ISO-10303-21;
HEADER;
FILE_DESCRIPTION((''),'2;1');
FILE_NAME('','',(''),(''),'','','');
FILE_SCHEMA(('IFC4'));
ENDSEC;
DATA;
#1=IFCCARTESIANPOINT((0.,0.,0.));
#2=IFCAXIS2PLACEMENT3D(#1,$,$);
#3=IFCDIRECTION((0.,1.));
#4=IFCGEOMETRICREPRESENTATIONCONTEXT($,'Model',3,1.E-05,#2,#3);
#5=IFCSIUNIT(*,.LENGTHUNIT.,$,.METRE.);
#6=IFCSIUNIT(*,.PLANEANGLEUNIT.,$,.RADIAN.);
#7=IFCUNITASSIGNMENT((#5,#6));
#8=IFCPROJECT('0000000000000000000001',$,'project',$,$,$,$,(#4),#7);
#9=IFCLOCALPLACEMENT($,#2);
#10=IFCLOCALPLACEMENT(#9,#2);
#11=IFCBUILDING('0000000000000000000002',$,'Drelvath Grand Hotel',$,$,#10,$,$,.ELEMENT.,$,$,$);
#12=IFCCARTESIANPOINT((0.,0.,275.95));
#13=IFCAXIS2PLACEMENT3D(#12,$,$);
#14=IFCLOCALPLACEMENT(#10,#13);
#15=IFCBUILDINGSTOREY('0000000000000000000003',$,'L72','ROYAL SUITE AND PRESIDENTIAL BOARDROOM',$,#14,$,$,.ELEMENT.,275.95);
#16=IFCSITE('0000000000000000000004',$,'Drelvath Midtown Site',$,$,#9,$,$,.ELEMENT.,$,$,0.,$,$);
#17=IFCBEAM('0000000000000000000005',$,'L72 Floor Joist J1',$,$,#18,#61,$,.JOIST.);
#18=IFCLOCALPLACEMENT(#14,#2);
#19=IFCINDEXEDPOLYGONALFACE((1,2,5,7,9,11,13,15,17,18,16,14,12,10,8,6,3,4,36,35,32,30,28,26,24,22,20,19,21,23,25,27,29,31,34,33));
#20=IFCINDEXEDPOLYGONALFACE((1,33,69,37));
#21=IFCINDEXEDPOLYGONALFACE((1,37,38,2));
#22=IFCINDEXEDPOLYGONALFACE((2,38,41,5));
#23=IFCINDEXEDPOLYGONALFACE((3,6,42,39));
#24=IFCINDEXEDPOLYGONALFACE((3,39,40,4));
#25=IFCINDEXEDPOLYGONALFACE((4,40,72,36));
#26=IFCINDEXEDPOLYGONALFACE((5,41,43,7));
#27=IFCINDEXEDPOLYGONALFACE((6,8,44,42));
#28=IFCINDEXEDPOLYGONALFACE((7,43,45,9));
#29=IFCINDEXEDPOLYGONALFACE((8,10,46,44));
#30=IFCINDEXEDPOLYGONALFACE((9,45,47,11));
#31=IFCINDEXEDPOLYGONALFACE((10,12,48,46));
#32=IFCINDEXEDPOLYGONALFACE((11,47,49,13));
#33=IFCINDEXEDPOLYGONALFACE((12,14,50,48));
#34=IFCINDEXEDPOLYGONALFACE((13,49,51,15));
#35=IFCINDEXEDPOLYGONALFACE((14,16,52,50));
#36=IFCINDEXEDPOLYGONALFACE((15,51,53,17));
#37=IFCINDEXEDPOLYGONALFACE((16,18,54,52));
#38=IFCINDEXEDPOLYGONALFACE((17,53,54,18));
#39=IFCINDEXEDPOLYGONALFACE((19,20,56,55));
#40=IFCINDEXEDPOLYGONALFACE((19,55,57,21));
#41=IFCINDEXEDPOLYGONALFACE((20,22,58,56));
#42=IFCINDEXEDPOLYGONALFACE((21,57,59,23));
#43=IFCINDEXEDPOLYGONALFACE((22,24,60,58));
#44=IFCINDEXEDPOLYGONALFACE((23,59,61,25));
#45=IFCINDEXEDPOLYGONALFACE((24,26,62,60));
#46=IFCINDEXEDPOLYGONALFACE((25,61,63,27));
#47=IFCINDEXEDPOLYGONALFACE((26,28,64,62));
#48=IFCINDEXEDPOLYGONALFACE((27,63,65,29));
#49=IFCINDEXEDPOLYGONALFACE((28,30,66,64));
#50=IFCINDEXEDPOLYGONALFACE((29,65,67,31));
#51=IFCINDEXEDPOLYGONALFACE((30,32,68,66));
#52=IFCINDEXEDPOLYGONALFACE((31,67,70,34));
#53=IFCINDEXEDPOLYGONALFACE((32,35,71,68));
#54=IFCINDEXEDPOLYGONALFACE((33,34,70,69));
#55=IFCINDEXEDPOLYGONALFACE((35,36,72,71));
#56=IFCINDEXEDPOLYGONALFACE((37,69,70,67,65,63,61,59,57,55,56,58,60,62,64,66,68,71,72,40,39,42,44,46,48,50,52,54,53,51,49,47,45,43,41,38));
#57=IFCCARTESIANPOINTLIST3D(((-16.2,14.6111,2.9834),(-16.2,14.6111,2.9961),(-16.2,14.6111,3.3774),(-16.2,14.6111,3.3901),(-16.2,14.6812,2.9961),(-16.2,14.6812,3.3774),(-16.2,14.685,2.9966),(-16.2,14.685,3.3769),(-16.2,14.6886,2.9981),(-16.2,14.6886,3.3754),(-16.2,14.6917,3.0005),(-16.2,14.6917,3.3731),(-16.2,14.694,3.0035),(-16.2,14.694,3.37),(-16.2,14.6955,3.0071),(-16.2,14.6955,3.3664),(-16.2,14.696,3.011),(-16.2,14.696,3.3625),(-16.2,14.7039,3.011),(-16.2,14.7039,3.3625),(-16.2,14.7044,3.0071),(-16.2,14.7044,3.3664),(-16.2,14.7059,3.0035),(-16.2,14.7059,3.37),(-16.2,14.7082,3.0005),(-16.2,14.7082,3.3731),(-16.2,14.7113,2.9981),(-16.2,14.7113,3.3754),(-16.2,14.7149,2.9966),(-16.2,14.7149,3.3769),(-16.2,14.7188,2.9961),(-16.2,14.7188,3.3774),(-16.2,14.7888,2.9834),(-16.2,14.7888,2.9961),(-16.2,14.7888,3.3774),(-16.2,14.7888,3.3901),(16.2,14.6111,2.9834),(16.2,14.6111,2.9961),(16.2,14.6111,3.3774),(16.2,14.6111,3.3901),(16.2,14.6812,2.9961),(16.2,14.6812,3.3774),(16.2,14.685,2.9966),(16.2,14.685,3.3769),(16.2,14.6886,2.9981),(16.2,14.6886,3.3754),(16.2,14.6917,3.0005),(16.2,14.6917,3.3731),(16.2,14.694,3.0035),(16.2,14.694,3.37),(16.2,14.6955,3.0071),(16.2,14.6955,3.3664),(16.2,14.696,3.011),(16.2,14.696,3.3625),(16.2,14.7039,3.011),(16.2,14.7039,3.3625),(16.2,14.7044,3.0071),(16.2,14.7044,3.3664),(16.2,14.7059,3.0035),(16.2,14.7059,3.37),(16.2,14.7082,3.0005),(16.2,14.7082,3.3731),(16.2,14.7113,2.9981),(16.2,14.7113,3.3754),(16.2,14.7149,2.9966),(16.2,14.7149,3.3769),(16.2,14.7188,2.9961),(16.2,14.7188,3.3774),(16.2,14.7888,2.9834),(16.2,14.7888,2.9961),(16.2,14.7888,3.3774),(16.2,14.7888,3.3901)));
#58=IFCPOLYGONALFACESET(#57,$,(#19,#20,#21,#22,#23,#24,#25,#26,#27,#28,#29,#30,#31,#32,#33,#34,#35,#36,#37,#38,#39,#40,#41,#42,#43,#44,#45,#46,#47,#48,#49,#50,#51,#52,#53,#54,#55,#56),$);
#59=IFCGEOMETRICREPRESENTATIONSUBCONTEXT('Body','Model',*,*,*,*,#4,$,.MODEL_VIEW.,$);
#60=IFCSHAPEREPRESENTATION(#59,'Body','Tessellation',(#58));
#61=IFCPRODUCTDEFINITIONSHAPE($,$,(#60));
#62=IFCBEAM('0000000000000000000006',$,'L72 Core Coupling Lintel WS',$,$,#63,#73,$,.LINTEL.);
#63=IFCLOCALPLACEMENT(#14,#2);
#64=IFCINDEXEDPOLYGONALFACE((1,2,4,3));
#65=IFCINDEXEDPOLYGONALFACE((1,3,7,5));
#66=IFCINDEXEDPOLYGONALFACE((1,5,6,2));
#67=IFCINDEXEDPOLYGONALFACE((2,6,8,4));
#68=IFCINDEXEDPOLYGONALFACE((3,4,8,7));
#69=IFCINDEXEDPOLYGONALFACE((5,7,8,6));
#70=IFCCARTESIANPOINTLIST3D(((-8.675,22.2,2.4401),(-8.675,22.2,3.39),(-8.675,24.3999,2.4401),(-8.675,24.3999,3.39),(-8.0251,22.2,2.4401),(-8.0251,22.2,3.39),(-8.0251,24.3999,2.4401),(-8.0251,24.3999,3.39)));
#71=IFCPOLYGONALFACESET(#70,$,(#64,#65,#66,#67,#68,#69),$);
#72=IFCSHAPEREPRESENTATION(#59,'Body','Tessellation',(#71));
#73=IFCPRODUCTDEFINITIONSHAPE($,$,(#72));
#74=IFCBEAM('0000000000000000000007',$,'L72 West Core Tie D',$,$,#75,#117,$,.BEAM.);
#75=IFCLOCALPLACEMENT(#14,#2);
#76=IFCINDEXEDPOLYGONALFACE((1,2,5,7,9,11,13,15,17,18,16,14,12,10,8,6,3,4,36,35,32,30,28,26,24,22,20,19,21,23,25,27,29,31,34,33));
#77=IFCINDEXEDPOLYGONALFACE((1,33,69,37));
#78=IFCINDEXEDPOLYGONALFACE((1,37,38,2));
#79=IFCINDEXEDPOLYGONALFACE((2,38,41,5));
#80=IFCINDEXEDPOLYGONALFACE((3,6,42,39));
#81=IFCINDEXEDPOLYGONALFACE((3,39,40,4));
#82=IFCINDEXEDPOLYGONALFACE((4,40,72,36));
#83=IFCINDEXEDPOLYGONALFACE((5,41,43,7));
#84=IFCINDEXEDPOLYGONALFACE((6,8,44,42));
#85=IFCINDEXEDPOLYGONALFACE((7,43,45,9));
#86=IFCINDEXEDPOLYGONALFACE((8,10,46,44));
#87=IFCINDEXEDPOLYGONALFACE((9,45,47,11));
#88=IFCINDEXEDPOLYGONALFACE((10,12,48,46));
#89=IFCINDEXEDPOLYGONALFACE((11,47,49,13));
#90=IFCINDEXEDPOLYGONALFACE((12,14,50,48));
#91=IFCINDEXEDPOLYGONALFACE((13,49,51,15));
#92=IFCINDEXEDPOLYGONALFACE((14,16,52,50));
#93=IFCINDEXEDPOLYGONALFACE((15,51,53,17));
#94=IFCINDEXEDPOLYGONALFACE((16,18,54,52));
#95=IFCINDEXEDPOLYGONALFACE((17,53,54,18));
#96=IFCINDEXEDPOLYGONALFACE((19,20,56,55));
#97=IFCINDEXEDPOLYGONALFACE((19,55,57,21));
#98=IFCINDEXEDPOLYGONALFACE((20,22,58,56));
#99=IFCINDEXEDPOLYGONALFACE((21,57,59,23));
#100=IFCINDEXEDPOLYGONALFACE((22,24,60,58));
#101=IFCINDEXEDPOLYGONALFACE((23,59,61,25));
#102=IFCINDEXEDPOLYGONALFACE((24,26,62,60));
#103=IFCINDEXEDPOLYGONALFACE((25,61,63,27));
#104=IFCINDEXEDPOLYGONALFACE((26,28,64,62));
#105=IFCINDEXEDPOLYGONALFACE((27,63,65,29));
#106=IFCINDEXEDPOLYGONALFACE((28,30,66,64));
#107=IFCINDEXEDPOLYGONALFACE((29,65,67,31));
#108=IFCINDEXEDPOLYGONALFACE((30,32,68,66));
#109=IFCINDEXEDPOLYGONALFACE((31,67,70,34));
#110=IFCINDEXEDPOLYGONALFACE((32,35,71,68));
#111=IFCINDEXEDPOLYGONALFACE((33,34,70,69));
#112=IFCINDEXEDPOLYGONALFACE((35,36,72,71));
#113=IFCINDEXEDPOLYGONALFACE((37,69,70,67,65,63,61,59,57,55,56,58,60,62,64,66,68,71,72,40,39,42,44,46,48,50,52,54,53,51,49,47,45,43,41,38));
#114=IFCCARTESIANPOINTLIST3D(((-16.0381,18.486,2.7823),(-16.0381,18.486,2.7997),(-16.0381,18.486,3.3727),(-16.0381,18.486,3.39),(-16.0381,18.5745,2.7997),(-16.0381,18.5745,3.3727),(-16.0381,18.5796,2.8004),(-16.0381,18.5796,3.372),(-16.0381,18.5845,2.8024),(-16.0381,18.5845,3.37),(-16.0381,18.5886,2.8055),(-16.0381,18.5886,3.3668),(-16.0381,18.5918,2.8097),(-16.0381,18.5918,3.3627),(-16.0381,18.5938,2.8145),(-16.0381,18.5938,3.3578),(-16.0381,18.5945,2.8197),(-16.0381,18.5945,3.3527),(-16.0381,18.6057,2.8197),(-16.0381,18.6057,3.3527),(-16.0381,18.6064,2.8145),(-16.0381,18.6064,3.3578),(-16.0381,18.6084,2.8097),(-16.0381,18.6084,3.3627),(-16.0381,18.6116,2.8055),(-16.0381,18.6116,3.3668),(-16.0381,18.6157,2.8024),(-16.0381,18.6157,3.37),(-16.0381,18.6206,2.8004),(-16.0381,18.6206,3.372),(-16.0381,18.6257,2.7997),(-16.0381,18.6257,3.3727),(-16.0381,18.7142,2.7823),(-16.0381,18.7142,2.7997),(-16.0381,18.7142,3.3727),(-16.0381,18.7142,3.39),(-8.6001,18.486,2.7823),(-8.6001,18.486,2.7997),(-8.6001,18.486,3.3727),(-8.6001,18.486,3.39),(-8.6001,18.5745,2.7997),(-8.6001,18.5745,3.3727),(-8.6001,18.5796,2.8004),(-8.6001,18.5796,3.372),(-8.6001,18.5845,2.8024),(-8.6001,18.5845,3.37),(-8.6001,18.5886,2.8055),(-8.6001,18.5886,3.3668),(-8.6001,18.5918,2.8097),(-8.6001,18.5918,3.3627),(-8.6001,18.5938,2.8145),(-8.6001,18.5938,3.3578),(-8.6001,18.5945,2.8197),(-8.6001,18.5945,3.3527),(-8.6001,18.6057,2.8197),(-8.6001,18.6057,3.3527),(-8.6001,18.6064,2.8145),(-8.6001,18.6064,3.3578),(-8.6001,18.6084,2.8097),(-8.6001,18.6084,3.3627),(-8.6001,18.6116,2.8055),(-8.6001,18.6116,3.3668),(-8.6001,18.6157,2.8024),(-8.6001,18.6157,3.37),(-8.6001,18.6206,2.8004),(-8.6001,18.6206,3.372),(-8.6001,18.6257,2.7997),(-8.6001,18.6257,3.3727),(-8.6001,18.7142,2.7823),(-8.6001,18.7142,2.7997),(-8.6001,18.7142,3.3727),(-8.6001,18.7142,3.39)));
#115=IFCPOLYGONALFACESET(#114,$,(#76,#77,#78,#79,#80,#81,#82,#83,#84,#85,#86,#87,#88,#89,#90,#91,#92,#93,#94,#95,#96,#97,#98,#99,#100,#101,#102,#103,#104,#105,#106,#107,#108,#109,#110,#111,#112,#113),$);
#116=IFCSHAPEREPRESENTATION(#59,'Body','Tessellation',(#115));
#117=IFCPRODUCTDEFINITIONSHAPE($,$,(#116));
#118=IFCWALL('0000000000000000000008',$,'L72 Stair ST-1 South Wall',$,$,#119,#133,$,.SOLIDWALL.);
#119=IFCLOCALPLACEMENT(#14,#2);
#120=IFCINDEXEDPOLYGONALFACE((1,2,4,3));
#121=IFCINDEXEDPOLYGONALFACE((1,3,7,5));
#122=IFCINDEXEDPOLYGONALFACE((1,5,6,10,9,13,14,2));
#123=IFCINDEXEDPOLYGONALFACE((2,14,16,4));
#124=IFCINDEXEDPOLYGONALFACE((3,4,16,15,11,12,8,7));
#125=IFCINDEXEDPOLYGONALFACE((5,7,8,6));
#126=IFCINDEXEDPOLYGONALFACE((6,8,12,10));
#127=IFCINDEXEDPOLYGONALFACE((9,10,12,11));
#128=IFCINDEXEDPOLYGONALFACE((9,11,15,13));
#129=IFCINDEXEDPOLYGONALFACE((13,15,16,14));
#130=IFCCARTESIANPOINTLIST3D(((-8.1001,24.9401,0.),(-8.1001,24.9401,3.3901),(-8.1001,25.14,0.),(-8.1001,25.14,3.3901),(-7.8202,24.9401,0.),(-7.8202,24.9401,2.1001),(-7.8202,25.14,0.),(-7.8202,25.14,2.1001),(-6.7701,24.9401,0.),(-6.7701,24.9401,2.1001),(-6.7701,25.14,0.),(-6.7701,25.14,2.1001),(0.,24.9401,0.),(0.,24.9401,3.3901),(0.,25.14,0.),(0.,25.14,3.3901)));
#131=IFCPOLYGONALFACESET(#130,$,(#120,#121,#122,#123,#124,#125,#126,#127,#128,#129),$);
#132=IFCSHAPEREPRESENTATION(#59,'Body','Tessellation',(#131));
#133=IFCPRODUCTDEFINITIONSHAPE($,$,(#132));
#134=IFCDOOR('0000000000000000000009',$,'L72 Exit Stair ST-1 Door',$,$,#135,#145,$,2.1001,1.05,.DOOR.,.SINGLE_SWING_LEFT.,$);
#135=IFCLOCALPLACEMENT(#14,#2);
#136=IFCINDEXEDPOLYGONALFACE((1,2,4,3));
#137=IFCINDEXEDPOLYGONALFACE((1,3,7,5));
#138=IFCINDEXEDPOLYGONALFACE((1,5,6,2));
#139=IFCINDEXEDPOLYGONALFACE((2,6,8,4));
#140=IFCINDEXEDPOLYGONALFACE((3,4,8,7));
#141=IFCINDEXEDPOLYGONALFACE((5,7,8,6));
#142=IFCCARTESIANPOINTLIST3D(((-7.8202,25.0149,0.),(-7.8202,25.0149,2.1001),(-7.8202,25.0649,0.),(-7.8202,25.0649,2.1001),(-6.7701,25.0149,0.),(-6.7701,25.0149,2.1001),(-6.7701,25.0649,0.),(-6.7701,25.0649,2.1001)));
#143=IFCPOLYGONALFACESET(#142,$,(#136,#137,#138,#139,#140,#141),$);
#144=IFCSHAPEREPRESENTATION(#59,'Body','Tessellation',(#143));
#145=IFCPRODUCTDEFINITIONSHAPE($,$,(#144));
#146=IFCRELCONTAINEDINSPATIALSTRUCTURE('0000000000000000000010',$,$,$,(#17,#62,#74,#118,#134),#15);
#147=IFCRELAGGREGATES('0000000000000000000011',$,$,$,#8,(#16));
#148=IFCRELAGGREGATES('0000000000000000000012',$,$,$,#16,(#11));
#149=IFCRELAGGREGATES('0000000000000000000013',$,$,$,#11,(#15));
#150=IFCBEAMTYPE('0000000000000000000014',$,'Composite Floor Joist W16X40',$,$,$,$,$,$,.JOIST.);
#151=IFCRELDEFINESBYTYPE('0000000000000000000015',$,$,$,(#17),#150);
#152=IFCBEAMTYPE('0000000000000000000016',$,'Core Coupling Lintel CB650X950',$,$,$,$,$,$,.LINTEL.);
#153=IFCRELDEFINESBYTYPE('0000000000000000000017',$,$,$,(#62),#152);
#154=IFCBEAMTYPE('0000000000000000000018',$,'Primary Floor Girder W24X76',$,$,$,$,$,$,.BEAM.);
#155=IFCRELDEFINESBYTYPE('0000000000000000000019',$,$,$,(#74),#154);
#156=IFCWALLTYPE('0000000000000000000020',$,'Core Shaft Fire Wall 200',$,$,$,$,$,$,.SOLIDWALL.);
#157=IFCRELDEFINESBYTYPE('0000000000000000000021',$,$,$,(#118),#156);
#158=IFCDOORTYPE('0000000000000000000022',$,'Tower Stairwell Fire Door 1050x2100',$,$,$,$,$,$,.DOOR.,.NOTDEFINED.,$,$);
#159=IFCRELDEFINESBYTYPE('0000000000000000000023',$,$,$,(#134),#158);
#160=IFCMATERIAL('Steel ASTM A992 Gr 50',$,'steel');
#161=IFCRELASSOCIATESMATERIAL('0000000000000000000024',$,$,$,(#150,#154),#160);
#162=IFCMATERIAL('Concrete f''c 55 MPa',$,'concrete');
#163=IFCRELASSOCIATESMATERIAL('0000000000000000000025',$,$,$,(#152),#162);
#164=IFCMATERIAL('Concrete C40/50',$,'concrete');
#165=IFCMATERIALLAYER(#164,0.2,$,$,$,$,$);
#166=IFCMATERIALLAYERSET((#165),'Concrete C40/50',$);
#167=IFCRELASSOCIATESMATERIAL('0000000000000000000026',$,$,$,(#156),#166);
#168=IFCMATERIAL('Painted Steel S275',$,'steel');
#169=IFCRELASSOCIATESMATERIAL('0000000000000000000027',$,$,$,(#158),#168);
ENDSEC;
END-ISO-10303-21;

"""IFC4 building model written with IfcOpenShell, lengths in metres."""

from ifc_helpers import new_model, si_unit, direction, frame, frame_2d, origin, origin_2d, place, context, subcontext, project, spatial, rectangle, i_section, extrude, material, layer, layer_set, material_profile, profile_set, type_object, element, fill, save


model = new_model("IFC4")

# Units and contexts
model_context = context("Model", 3, precision=1e-05, world=origin(), true_north=direction((0.0, 1.0)))
body_context = subcontext(model_context, "Body", "Model", "MODEL_VIEW")
ifc_project = project(units=[si_unit("LENGTHUNIT", "METRE"), si_unit("PLANEANGLEUNIT", "RADIAN")], contexts=[model_context])

# Site, building, storey
site_placement = place(None, origin())
site = spatial("IfcSite", under=ifc_project, at=site_placement, Name="Drelvath Midtown Site", CompositionType="ELEMENT", RefElevation=0.0)
building_placement = place(site_placement, origin())
building = spatial("IfcBuilding", under=site, at=building_placement, Name="Drelvath Grand Hotel", CompositionType="ELEMENT")
storey_placement = place(building_placement, frame((0.0, 0.0, 275.95)))
storey = spatial("IfcBuildingStorey", under=building, at=storey_placement, Name="L72", Description="ROYAL SUITE AND PRESIDENTIAL BOARDROOM", CompositionType="ELEMENT", Elevation=275.95)

# Beams
ifc_material_1 = material(Name="Steel ASTM A992 Gr 50", Category="steel")
ifc_material_profile_1 = material_profile(ifc_material_1, i_section(OverallWidth=0.1777, OverallDepth=0.4067, WebThickness=0.0078, FlangeThickness=0.0127, FilletRadius=0.0149, at=origin_2d()), Name="W16X40")
ifc_profile_set_1 = profile_set([ifc_material_profile_1], Name="Steel ASTM A992 Gr 50")
beam_type_1 = type_object("IfcBeamType", Name="Composite Floor Joist W16X40", PredefinedType="JOIST", material=ifc_profile_set_1)
beam_1_placement = place(storey_placement, frame((-16.2, 14.7, 3.1868), z_axis=(1.0, 0.0, 0.0), x_axis=(0.0, 1.0, 0.0)))
element("IfcBeam", 1, at=beam_1_placement, inside=storey, type_object=beam_type_1, Name="L72 Floor Joist J1", PredefinedType="JOIST", context=body_context, shape_type="SweptSolid", body=[
    extrude(i_section(OverallWidth=0.1777, OverallDepth=0.4067, WebThickness=0.0078, FlangeThickness=0.0127, FilletRadius=0.0149, at=origin_2d()), origin(), (0.0, 0.0, 1.0), 32.3999),
])
ifc_material_2 = material(Name="Concrete f'c 55 MPa", Category="concrete")
ifc_material_profile_2 = material_profile(ifc_material_2, rectangle(XDim=0.6499, YDim=0.95, at=origin_2d()), Name="CB650X950")
ifc_profile_set_2 = profile_set([ifc_material_profile_2], Name="Concrete f'c 55 MPa")
beam_type_2 = type_object("IfcBeamType", Name="Core Coupling Lintel CB650X950", PredefinedType="LINTEL", material=ifc_profile_set_2)
beam_2_placement = place(storey_placement, frame((-8.3501, 22.2, 2.915), z_axis=(0.0, 1.0, 0.0), x_axis=(-1.0, 0.0, 0.0)))
element("IfcBeam", 2, at=beam_2_placement, inside=storey, type_object=beam_type_2, Name="L72 Core Coupling Lintel WS", PredefinedType="LINTEL", context=body_context, shape_type="SweptSolid", body=[
    extrude(rectangle(XDim=0.6499, YDim=0.95, at=origin_2d()), origin(), (0.0, 0.0, 1.0), 2.2),
])
ifc_material_profile_3 = material_profile(ifc_material_1, i_section(OverallWidth=0.2283, OverallDepth=0.6077, WebThickness=0.0112, FlangeThickness=0.0173, FilletRadius=0.02, at=origin_2d()), Name="W24X76")
ifc_profile_set_3 = profile_set([ifc_material_profile_3], Name="Steel ASTM A992 Gr 50")
beam_type_3 = type_object("IfcBeamType", Name="Primary Floor Girder W24X76", PredefinedType="BEAM", material=ifc_profile_set_3)
beam_3_placement = place(storey_placement, frame((-16.0381, 18.6001, 3.0862), z_axis=(1.0, 0.0, 0.0), x_axis=(0.0, 1.0, 0.0)))
element("IfcBeam", 3, at=beam_3_placement, inside=storey, type_object=beam_type_3, Name="L72 West Core Tie D", PredefinedType="BEAM", context=body_context, shape_type="SweptSolid", body=[
    extrude(i_section(OverallWidth=0.2283, OverallDepth=0.6077, WebThickness=0.0112, FlangeThickness=0.0173, FilletRadius=0.02, at=origin_2d()), origin(), (0.0, 0.0, 1.0), 7.438),
])

# Wall, opening, door
ifc_material_3 = material(Name="Concrete C40/50", Category="concrete")
ifc_layer_1 = layer(ifc_material_3, 0.2)
ifc_layer_set_1 = layer_set([ifc_layer_1], Name="Concrete C40/50")
wall_type_1 = type_object("IfcWallType", Name="Core Shaft Fire Wall 200", PredefinedType="SOLIDWALL", material=ifc_layer_set_1)
wall_1_placement = place(storey_placement, frame((-8.1001, 25.04, 0.0), z_axis=(0.0, 0.0, 1.0), x_axis=(1.0, 0.0, 0.0)))
wall_1 = element("IfcWall", 4, at=wall_1_placement, inside=storey, type_object=wall_type_1, Name="L72 Stair ST-1 South Wall", PredefinedType="SOLIDWALL", context=body_context, shape_type="SweptSolid", body=[
    extrude(rectangle(XDim=8.1001, YDim=0.2, at=frame_2d((4.05, 0.0))), origin(), (0.0, 0.0, 1.0), 3.3901),
])
opening_1_placement = place(wall_1_placement, frame((0.28, 0.0, 0.0)))
opening_1 = element("IfcOpeningElement", 5, at=opening_1_placement, cuts=wall_1, PredefinedType="OPENING", context=body_context, shape_type="SweptSolid", body=[
    extrude(rectangle(XDim=1.05, YDim=2.1001, at=frame_2d((0.5249, 1.05))), frame((0.0, 0.1099, 0.0), z_axis=(0.0, -1.0, 0.0), x_axis=(1.0, 0.0, 0.0)), (0.0, 0.0, 1.0), 0.22),
])
ifc_material_4 = material(Name="Painted Steel S275", Category="steel")
door_type_1 = type_object("IfcDoorType", Name="Tower Stairwell Fire Door 1050x2100", OperationType="NOTDEFINED", PredefinedType="DOOR", material=ifc_material_4)
door_1_placement = place(opening_1_placement, origin())
door_1 = element("IfcDoor", 6, at=door_1_placement, inside=storey, type_object=door_type_1, Name="L72 Exit Stair ST-1 Door", OperationType="SINGLE_SWING_LEFT", OverallHeight=2.1001, OverallWidth=1.05, PredefinedType="DOOR", context=body_context, shape_type="SweptSolid", body=[
    extrude(rectangle(XDim=1.05, YDim=2.1001, at=frame_2d((0.5249, 1.05))), frame((0.0, 0.0249, 0.0), z_axis=(0.0, -1.0, 0.0), x_axis=(1.0, 0.0, 0.0)), (0.0, 0.0, 1.0), 0.05),
])
fill(opening_1, door_1)

save(model, "model.ifc")
